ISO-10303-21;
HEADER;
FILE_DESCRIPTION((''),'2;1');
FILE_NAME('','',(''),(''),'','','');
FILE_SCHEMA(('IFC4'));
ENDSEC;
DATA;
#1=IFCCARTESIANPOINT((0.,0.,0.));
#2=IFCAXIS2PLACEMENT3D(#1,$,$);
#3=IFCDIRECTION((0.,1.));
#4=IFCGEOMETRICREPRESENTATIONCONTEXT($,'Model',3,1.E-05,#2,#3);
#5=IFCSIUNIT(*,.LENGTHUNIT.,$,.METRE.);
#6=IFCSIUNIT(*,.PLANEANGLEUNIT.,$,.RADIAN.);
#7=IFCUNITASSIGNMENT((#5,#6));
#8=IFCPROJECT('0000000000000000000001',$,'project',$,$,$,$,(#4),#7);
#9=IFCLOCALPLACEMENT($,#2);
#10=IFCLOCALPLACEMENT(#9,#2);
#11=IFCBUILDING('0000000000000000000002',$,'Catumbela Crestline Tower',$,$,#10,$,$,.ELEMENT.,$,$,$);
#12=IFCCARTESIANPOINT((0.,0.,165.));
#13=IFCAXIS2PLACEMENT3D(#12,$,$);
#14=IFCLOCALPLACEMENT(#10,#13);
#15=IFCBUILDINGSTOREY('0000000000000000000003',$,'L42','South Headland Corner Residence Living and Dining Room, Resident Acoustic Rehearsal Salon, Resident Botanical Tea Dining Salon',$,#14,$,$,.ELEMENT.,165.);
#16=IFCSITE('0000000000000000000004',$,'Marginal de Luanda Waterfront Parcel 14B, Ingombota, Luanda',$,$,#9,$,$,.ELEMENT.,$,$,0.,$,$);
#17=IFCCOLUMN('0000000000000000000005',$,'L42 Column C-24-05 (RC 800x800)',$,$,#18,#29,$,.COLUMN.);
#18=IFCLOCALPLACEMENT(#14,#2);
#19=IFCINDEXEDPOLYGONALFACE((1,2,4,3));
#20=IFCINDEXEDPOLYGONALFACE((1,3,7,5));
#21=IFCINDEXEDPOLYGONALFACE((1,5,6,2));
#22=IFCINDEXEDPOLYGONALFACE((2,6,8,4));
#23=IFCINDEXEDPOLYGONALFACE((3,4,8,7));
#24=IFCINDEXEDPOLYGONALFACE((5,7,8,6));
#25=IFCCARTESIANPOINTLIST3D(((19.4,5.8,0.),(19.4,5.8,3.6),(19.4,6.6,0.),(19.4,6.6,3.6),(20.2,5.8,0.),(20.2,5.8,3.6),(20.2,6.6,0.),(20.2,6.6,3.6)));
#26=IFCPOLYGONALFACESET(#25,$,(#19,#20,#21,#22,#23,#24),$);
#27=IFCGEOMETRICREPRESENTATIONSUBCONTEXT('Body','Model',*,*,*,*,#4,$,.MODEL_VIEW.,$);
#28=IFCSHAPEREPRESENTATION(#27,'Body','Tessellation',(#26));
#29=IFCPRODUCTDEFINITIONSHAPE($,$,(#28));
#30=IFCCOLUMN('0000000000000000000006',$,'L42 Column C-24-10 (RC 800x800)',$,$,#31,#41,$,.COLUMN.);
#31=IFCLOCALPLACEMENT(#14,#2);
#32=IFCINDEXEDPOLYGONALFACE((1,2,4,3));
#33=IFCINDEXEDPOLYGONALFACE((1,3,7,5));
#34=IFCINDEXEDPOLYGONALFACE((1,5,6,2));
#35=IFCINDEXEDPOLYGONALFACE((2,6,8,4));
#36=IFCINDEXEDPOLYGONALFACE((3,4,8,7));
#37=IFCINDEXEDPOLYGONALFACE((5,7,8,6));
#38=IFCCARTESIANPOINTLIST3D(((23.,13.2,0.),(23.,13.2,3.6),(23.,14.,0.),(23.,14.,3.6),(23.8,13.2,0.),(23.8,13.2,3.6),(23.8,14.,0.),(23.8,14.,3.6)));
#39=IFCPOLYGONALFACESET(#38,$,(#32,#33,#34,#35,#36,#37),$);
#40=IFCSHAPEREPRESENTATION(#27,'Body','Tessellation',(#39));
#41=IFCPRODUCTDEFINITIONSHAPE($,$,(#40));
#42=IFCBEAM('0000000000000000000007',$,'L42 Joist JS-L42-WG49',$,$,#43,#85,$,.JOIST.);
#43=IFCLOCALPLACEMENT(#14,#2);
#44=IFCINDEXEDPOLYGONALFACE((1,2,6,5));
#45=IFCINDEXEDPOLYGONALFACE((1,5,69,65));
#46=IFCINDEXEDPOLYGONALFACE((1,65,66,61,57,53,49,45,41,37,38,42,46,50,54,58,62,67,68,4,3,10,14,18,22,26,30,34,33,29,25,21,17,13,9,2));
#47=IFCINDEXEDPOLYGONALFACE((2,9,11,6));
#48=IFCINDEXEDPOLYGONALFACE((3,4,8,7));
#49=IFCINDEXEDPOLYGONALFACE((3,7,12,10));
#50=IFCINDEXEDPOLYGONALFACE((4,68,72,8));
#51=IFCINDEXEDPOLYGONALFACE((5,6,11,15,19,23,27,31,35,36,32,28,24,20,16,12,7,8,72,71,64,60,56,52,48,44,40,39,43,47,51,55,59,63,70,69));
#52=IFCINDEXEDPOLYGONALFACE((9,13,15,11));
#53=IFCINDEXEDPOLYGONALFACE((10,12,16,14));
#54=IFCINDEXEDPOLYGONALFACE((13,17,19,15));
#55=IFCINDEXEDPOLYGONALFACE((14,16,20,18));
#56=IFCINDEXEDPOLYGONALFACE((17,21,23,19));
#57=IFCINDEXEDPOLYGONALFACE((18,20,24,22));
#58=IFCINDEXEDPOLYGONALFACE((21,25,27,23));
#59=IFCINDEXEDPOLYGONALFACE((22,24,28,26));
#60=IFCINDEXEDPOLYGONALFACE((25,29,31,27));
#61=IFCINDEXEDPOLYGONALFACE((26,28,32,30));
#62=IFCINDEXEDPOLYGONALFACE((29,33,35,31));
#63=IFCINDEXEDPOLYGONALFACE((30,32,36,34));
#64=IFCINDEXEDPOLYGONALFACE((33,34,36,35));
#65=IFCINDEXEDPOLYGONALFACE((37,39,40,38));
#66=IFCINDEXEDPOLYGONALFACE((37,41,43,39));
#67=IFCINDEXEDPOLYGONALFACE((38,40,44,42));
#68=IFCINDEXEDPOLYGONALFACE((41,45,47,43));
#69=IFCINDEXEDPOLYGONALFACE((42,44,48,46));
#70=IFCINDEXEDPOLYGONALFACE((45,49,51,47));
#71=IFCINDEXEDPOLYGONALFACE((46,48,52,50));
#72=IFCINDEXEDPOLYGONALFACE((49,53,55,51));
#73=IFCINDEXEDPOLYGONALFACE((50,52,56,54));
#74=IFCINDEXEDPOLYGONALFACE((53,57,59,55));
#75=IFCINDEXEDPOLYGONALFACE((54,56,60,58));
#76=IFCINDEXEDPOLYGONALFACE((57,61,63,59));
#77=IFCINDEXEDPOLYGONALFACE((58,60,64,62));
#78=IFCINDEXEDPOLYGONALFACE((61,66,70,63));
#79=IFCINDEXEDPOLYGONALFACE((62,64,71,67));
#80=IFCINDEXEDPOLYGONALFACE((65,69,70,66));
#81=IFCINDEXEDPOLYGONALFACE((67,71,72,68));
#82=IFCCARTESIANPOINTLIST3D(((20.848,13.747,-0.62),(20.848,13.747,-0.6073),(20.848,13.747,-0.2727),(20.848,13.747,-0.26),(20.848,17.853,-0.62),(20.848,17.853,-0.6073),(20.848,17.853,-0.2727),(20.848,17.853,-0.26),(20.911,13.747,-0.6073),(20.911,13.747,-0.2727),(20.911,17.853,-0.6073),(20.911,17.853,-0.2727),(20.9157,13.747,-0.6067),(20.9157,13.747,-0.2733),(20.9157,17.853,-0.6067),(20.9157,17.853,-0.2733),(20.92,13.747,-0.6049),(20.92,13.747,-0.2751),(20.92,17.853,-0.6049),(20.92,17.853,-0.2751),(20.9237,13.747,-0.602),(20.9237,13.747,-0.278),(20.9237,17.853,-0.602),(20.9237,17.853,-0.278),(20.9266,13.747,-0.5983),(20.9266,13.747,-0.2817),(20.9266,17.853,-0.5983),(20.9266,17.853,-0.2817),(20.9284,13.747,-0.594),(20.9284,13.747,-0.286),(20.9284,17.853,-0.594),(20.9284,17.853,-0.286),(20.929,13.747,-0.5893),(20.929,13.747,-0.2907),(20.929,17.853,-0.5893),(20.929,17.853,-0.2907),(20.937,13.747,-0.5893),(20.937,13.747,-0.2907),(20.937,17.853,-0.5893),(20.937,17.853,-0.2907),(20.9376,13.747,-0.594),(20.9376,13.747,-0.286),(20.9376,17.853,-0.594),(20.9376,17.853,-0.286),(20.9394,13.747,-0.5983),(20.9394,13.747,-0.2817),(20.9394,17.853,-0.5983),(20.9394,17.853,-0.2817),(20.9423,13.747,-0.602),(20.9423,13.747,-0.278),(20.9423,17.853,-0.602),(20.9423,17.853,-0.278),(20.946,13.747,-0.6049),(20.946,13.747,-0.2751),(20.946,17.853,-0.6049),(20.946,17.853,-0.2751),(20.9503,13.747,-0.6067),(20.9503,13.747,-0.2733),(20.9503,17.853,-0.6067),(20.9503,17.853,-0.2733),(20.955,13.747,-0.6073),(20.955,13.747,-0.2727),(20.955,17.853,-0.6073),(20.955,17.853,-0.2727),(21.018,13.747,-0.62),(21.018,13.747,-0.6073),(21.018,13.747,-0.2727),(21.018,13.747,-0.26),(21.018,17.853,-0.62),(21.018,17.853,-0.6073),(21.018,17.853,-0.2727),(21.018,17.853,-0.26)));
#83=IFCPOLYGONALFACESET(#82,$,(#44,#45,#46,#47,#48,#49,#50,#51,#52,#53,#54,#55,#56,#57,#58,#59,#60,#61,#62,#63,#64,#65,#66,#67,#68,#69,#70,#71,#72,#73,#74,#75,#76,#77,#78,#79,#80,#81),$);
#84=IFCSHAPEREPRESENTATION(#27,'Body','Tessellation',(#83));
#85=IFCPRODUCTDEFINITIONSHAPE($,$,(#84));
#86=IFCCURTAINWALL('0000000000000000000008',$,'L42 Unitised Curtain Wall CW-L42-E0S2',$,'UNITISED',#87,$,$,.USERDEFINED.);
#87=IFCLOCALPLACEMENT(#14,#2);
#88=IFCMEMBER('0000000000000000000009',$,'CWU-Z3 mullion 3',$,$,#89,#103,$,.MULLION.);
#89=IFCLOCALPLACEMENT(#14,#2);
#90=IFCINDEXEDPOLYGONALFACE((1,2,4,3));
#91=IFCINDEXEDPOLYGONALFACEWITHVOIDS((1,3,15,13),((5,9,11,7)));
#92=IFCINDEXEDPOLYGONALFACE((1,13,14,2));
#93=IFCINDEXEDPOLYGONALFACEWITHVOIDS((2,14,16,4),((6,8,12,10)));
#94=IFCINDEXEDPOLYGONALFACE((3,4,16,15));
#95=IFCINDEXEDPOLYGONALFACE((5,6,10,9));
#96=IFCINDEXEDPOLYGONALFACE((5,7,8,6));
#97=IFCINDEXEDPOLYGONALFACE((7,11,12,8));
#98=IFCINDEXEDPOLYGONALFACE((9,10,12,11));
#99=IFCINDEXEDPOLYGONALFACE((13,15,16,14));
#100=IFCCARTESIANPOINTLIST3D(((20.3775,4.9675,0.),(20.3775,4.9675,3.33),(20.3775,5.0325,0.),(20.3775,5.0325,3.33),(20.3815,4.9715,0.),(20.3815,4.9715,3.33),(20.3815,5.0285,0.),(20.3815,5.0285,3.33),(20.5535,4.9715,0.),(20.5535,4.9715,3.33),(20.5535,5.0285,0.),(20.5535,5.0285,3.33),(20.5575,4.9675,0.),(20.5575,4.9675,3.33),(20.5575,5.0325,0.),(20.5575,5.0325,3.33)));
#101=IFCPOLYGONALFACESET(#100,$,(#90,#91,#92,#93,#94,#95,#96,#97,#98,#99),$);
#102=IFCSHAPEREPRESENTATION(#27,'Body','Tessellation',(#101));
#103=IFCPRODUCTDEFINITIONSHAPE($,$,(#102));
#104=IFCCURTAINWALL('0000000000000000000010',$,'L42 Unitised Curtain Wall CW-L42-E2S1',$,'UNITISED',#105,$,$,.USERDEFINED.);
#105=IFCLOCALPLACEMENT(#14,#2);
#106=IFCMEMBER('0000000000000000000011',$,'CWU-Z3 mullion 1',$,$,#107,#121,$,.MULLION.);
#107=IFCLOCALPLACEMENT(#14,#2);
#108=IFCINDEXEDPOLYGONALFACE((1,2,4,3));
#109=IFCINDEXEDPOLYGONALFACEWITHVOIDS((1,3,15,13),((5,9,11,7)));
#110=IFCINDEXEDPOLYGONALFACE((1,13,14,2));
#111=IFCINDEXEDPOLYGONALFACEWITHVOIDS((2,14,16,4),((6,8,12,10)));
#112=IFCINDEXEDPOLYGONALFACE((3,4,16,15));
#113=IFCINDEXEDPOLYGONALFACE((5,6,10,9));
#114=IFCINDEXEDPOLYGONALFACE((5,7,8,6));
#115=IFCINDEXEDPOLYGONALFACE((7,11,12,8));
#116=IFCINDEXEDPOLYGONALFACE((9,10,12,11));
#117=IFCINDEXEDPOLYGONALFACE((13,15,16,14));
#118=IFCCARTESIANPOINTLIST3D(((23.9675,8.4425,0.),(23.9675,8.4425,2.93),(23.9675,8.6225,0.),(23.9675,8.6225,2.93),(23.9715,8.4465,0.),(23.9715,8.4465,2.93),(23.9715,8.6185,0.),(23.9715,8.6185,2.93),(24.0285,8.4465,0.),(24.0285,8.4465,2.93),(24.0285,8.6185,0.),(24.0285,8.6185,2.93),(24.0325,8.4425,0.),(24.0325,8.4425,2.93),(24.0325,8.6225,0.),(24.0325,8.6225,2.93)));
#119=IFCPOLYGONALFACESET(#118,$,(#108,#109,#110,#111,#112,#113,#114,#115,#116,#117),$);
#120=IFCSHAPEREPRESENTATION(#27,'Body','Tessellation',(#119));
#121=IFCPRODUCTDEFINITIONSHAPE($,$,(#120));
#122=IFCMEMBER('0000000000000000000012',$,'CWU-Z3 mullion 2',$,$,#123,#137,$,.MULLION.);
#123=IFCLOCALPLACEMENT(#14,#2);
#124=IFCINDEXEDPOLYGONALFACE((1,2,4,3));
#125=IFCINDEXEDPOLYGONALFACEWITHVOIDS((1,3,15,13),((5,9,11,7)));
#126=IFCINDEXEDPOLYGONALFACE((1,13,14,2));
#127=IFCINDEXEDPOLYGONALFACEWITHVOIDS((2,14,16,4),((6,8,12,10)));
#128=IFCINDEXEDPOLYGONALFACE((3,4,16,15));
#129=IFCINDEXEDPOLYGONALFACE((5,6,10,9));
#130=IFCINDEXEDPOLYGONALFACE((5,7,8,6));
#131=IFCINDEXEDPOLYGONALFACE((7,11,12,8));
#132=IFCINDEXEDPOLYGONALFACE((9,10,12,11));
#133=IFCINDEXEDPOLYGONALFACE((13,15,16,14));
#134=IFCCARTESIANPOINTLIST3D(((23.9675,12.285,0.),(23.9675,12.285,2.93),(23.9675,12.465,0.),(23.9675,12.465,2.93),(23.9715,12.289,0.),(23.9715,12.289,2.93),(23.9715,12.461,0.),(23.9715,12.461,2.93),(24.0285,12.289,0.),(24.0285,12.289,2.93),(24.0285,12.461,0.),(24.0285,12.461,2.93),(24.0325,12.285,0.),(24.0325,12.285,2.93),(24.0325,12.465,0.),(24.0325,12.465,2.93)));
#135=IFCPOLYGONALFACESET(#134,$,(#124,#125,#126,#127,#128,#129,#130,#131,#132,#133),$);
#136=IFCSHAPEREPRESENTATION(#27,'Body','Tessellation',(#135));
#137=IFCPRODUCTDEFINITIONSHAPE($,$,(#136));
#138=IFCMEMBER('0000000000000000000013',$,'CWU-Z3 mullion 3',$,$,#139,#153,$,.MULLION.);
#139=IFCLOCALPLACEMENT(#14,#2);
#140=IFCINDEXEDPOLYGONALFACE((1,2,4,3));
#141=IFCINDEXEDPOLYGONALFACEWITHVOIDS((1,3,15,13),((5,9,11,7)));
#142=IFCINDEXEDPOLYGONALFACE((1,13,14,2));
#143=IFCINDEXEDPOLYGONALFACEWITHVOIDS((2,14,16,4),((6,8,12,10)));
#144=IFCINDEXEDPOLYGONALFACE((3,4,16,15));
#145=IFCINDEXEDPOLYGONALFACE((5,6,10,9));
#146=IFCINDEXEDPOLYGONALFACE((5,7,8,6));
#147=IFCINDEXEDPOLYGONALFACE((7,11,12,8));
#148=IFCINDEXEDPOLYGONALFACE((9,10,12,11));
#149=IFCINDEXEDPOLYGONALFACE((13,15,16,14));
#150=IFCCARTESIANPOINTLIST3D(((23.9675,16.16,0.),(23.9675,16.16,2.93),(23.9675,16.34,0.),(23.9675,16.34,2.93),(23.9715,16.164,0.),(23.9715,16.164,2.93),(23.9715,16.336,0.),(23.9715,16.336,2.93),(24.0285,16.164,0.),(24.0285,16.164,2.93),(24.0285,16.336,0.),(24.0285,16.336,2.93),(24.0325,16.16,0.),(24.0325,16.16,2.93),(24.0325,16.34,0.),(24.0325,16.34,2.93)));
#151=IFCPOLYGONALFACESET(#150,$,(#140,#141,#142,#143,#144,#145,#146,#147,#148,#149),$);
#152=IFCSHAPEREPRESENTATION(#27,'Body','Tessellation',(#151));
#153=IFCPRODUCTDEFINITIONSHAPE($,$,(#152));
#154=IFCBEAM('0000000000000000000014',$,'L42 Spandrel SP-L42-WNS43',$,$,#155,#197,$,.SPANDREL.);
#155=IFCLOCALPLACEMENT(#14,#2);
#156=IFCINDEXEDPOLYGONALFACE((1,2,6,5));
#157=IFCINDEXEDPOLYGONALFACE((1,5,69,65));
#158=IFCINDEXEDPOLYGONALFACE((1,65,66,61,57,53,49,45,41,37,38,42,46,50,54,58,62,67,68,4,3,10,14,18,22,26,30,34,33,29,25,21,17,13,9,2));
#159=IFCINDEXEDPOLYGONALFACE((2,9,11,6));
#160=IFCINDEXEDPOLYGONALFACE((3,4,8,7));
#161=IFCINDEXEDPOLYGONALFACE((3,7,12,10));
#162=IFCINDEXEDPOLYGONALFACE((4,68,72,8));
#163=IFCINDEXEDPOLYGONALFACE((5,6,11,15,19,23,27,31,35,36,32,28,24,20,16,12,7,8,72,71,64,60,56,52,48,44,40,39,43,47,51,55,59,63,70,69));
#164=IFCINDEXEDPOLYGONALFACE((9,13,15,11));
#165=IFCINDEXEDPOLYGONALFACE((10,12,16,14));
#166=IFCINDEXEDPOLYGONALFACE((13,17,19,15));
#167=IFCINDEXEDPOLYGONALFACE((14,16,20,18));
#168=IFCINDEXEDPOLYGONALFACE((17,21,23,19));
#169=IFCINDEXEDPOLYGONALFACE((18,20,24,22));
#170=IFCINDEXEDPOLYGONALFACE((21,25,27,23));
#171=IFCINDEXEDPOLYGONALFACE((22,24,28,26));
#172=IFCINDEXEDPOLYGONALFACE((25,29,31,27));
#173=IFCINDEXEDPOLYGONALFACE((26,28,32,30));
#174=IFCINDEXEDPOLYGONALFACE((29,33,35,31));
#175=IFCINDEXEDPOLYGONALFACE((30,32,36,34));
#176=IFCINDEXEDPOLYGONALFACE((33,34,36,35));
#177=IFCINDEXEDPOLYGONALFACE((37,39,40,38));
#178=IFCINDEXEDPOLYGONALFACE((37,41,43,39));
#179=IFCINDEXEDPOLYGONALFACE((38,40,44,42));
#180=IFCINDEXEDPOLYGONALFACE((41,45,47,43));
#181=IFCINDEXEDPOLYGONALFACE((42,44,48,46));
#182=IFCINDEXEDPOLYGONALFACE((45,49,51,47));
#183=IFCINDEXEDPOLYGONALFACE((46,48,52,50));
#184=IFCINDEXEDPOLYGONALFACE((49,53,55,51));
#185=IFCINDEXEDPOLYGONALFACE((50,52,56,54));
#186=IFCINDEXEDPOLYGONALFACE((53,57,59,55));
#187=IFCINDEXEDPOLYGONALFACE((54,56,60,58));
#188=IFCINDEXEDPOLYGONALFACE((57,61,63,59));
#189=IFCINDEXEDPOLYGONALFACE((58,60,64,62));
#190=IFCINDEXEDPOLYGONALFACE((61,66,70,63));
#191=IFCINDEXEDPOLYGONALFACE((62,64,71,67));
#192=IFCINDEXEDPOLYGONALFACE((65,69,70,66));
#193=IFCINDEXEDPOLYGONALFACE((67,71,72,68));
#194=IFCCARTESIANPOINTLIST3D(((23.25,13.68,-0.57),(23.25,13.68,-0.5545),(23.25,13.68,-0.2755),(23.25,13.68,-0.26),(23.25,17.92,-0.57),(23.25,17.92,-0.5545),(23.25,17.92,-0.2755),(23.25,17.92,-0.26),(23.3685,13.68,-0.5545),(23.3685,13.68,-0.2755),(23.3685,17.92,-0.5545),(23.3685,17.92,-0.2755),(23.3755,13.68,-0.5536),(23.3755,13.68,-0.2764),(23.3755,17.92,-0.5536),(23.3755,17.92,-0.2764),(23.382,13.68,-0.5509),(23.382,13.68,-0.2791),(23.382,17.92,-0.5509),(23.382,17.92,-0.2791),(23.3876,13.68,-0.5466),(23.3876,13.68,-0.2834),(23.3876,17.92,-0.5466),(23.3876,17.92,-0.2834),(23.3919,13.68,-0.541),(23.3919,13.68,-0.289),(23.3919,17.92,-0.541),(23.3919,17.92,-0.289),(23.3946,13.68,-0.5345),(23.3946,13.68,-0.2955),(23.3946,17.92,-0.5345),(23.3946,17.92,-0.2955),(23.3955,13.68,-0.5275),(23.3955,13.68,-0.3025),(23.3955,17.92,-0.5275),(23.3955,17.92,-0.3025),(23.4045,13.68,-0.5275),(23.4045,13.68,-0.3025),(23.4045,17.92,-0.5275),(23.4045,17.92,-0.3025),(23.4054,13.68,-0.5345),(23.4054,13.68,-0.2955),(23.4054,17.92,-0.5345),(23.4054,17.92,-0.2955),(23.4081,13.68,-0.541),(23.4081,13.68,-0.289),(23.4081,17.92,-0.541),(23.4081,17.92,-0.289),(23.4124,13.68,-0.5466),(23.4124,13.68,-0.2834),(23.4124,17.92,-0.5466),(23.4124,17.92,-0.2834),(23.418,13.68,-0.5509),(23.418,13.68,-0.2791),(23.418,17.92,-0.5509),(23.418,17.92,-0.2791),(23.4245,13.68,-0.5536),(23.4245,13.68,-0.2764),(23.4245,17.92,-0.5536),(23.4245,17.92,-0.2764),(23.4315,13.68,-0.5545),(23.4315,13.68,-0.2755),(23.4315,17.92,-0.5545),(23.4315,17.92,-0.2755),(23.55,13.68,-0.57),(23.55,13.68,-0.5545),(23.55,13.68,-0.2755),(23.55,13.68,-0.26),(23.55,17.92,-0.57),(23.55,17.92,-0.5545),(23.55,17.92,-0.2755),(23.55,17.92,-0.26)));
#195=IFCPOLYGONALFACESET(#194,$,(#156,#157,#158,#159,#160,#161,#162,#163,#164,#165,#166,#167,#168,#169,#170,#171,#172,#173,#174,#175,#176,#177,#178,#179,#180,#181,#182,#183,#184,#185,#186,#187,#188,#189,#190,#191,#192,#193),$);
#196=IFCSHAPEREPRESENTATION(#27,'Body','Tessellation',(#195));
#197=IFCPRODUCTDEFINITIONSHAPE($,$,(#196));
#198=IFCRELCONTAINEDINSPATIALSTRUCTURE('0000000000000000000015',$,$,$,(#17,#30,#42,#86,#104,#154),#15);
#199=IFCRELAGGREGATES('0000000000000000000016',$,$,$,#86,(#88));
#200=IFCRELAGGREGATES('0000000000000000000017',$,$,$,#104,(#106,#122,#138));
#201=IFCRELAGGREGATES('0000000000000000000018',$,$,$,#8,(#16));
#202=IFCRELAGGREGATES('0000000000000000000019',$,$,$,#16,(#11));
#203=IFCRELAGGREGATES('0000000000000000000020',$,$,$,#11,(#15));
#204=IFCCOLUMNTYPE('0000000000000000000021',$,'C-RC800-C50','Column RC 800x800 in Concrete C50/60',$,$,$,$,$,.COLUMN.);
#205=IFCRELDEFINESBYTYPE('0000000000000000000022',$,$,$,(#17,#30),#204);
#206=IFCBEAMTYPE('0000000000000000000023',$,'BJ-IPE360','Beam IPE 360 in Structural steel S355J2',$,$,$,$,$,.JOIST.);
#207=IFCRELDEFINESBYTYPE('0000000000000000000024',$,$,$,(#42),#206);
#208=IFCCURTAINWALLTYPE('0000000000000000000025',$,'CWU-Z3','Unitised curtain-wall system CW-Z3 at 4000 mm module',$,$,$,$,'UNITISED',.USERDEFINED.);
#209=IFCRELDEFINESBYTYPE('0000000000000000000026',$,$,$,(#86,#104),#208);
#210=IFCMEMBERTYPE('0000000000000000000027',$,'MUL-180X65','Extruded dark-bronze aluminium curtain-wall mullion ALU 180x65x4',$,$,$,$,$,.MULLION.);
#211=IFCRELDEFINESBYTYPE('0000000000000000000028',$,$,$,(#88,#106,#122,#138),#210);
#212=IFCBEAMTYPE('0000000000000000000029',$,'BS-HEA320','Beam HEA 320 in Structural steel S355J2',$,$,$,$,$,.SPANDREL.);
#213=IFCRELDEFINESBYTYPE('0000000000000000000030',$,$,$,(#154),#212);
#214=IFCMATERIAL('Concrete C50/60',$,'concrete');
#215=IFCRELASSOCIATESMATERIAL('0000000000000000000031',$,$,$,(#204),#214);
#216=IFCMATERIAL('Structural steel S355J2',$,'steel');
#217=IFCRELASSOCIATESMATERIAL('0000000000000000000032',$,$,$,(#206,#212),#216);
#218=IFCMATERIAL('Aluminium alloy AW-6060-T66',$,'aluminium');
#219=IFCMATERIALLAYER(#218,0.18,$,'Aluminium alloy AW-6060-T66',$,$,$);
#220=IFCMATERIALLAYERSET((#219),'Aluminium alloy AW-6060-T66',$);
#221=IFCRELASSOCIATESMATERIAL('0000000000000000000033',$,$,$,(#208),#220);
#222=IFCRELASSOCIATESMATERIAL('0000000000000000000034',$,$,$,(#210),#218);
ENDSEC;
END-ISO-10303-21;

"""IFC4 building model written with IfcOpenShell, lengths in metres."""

from ifc_helpers import new_model, si_unit, direction, frame, origin, origin_2d, place, context, subcontext, project, spatial, rectangle, hollow_rectangle, i_section, extrude, material, layer, layer_set, material_profile, profile_set, type_object, element, aggregate, save


model = new_model("IFC4")

# Units and contexts
model_context = context("Model", 3, precision=1e-05, world=origin(), true_north=direction((0.0, 1.0)))
body_context = subcontext(model_context, "Body", "Model", "MODEL_VIEW")
ifc_project = project(units=[si_unit("LENGTHUNIT", "METRE"), si_unit("PLANEANGLEUNIT", "RADIAN")], contexts=[model_context])

# Site, building, storey
site_placement = place(None, origin())
site = spatial("IfcSite", under=ifc_project, at=site_placement, Name="Marginal de Luanda Waterfront Parcel 14B, Ingombota, Luanda", CompositionType="ELEMENT", RefElevation=0.0)
building_placement = place(site_placement, origin())
building = spatial("IfcBuilding", under=site, at=building_placement, Name="Catumbela Crestline Tower", CompositionType="ELEMENT")
storey_placement = place(building_placement, frame((0.0, 0.0, 165.0)))
storey = spatial("IfcBuildingStorey", under=building, at=storey_placement, Name="L42", Description="South Headland Corner Residence Living and Dining Room, Resident Acoustic Rehearsal Salon, Resident Botanical Tea Dining Salon", CompositionType="ELEMENT", Elevation=165.0)

# Columns
ifc_material_1 = material(Name="Concrete C50/60", Category="concrete")
ifc_material_profile_1 = material_profile(ifc_material_1, rectangle(XDim=0.8, YDim=0.8, at=origin_2d()), Name="RC 800x800")
ifc_profile_set_1 = profile_set([ifc_material_profile_1], Name="Concrete C50/60")
column_type = type_object("IfcColumnType", Name="C-RC800-C50", Description="Column RC 800x800 in Concrete C50/60", PredefinedType="COLUMN", material=ifc_profile_set_1)
for number, where, z_axis, x_axis, name in (
    (1, (19.8, 6.2, 0.0), (0.0, 0.0, 1.0), (1.0, 0.0, 0.0), "L42 Column C-24-05 (RC 800x800)"),
    (2, (23.4, 13.6, 0.0), (0.0, 0.0, 1.0), (1.0, 0.0, 0.0), "L42 Column C-24-10 (RC 800x800)"),
):
    element("IfcColumn", number, at=place(storey_placement, frame(where, z_axis=z_axis, x_axis=x_axis)), inside=storey, type_object=column_type, Name=name, PredefinedType="COLUMN", context=body_context, shape_type="SweptSolid", body=[
        extrude(rectangle(XDim=0.8, YDim=0.8, at=origin_2d()), origin(), (0.0, 0.0, 1.0), 3.6),
    ])

# Beam
ifc_material_2 = material(Name="Structural steel S355J2", Category="steel")
ifc_material_profile_2 = material_profile(ifc_material_2, i_section(OverallWidth=0.17, OverallDepth=0.36, WebThickness=0.008, FlangeThickness=0.0127, FilletRadius=0.018, at=origin_2d()), Name="IPE 360")
ifc_profile_set_2 = profile_set([ifc_material_profile_2], Name="Structural steel S355J2")
beam_type_1 = type_object("IfcBeamType", Name="BJ-IPE360", Description="Beam IPE 360 in Structural steel S355J2", PredefinedType="JOIST", material=ifc_profile_set_2)
beam_1_placement = place(storey_placement, frame((20.933, 13.747, -0.44), z_axis=(0.0, 1.0, 0.0), x_axis=(-1.0, 0.0, 0.0)))
element("IfcBeam", 3, at=beam_1_placement, inside=storey, type_object=beam_type_1, Name="L42 Joist JS-L42-WG49", PredefinedType="JOIST", context=body_context, shape_type="SweptSolid", body=[
    extrude(i_section(OverallWidth=0.17, OverallDepth=0.36, WebThickness=0.008, FlangeThickness=0.0127, FilletRadius=0.018, at=origin_2d()), origin(), (0.0, 0.0, 1.0), 4.106),
])

# Curtain wall, member
ifc_material_3 = material(Name="Aluminium alloy AW-6060-T66", Category="aluminium")
ifc_layer_1 = layer(ifc_material_3, 0.18, Name="Aluminium alloy AW-6060-T66")
ifc_layer_set_1 = layer_set([ifc_layer_1], Name="Aluminium alloy AW-6060-T66")
curtain_wall_type = type_object("IfcCurtainWallType", Name="CWU-Z3", Description="Unitised curtain-wall system CW-Z3 at 4000 mm module", ElementType="UNITISED", PredefinedType="USERDEFINED", material=ifc_layer_set_1)
curtain_wall_1_placement = place(storey_placement, origin())
curtain_wall_1 = element("IfcCurtainWall", 4, at=curtain_wall_1_placement, inside=storey, type_object=curtain_wall_type, Name="L42 Unitised Curtain Wall CW-L42-E0S2", ObjectType="UNITISED", PredefinedType="USERDEFINED")
ifc_material_profile_3 = material_profile(ifc_material_3, hollow_rectangle(XDim=0.065, YDim=0.18, WallThickness=0.004, at=origin_2d()), Name="ALU 180x65x4")
ifc_profile_set_3 = profile_set([ifc_material_profile_3], Name="Aluminium alloy AW-6060-T66")
member_type_1 = type_object("IfcMemberType", Name="MUL-180X65", Description="Extruded dark-bronze aluminium curtain-wall mullion ALU 180x65x4", PredefinedType="MULLION", material=ifc_profile_set_3)
member_1_placement = place(storey_placement, frame((20.4675, 5.0, 0.0), z_axis=(0.0, 0.0, 1.0), x_axis=(0.0, 1.0, 0.0)))
member_1 = element("IfcMember", 5, at=member_1_placement, type_object=member_type_1, Name="CWU-Z3 mullion 3", PredefinedType="MULLION", context=body_context, shape_type="SweptSolid", body=[
    extrude(hollow_rectangle(XDim=0.065, YDim=0.18, WallThickness=0.004, at=origin_2d()), origin(), (0.0, 0.0, 1.0), 3.33),
])
aggregate(curtain_wall_1, [member_1])

# Curtain wall, members
curtain_wall_2_placement = place(storey_placement, origin())
curtain_wall_2 = element("IfcCurtainWall", 6, at=curtain_wall_2_placement, inside=storey, type_object=curtain_wall_type, Name="L42 Unitised Curtain Wall CW-L42-E2S1", ObjectType="UNITISED", PredefinedType="USERDEFINED")
member_2_placement = place(storey_placement, frame((24.0, 8.5325, 0.0), z_axis=(0.0, 0.0, 1.0), x_axis=(-1.0, 0.0, 0.0)))
member_2 = element("IfcMember", 7, at=member_2_placement, type_object=member_type_1, Name="CWU-Z3 mullion 1", PredefinedType="MULLION", context=body_context, shape_type="SweptSolid", body=[
    extrude(hollow_rectangle(XDim=0.065, YDim=0.18, WallThickness=0.004, at=origin_2d()), origin(), (0.0, 0.0, 1.0), 2.93),
])
member_3_placement = place(storey_placement, frame((24.0, 12.375, 0.0), z_axis=(0.0, 0.0, 1.0), x_axis=(-1.0, 0.0, 0.0)))
member_3 = element("IfcMember", 8, at=member_3_placement, type_object=member_type_1, Name="CWU-Z3 mullion 2", PredefinedType="MULLION", context=body_context, shape_type="SweptSolid", body=[
    extrude(hollow_rectangle(XDim=0.065, YDim=0.18, WallThickness=0.004, at=origin_2d()), origin(), (0.0, 0.0, 1.0), 2.93),
])
member_4_placement = place(storey_placement, frame((24.0, 16.25, 0.0), z_axis=(0.0, 0.0, 1.0), x_axis=(-1.0, 0.0, 0.0)))
member_4 = element("IfcMember", 9, at=member_4_placement, type_object=member_type_1, Name="CWU-Z3 mullion 3", PredefinedType="MULLION", context=body_context, shape_type="SweptSolid", body=[
    extrude(hollow_rectangle(XDim=0.065, YDim=0.18, WallThickness=0.004, at=origin_2d()), origin(), (0.0, 0.0, 1.0), 2.93),
])

# Beam
ifc_material_profile_4 = material_profile(ifc_material_2, i_section(OverallWidth=0.3, OverallDepth=0.31, WebThickness=0.009, FlangeThickness=0.0155, FilletRadius=0.027, at=origin_2d()), Name="HEA 320")
ifc_profile_set_4 = profile_set([ifc_material_profile_4], Name="Structural steel S355J2")
beam_type_2 = type_object("IfcBeamType", Name="BS-HEA320", Description="Beam HEA 320 in Structural steel S355J2", PredefinedType="SPANDREL", material=ifc_profile_set_4)
beam_2_placement = place(storey_placement, frame((23.4, 13.68, -0.415), z_axis=(0.0, 1.0, 0.0), x_axis=(-1.0, 0.0, 0.0)))
element("IfcBeam", 10, at=beam_2_placement, inside=storey, type_object=beam_type_2, Name="L42 Spandrel SP-L42-WNS43", PredefinedType="SPANDREL", context=body_context, shape_type="SweptSolid", body=[
    extrude(i_section(OverallWidth=0.3, OverallDepth=0.31, WebThickness=0.009, FlangeThickness=0.0155, FilletRadius=0.027, at=origin_2d()), origin(), (0.0, 0.0, 1.0), 4.24),
])

aggregate(curtain_wall_2, [member_2, member_3, member_4])

save(model, "model.ifc")
